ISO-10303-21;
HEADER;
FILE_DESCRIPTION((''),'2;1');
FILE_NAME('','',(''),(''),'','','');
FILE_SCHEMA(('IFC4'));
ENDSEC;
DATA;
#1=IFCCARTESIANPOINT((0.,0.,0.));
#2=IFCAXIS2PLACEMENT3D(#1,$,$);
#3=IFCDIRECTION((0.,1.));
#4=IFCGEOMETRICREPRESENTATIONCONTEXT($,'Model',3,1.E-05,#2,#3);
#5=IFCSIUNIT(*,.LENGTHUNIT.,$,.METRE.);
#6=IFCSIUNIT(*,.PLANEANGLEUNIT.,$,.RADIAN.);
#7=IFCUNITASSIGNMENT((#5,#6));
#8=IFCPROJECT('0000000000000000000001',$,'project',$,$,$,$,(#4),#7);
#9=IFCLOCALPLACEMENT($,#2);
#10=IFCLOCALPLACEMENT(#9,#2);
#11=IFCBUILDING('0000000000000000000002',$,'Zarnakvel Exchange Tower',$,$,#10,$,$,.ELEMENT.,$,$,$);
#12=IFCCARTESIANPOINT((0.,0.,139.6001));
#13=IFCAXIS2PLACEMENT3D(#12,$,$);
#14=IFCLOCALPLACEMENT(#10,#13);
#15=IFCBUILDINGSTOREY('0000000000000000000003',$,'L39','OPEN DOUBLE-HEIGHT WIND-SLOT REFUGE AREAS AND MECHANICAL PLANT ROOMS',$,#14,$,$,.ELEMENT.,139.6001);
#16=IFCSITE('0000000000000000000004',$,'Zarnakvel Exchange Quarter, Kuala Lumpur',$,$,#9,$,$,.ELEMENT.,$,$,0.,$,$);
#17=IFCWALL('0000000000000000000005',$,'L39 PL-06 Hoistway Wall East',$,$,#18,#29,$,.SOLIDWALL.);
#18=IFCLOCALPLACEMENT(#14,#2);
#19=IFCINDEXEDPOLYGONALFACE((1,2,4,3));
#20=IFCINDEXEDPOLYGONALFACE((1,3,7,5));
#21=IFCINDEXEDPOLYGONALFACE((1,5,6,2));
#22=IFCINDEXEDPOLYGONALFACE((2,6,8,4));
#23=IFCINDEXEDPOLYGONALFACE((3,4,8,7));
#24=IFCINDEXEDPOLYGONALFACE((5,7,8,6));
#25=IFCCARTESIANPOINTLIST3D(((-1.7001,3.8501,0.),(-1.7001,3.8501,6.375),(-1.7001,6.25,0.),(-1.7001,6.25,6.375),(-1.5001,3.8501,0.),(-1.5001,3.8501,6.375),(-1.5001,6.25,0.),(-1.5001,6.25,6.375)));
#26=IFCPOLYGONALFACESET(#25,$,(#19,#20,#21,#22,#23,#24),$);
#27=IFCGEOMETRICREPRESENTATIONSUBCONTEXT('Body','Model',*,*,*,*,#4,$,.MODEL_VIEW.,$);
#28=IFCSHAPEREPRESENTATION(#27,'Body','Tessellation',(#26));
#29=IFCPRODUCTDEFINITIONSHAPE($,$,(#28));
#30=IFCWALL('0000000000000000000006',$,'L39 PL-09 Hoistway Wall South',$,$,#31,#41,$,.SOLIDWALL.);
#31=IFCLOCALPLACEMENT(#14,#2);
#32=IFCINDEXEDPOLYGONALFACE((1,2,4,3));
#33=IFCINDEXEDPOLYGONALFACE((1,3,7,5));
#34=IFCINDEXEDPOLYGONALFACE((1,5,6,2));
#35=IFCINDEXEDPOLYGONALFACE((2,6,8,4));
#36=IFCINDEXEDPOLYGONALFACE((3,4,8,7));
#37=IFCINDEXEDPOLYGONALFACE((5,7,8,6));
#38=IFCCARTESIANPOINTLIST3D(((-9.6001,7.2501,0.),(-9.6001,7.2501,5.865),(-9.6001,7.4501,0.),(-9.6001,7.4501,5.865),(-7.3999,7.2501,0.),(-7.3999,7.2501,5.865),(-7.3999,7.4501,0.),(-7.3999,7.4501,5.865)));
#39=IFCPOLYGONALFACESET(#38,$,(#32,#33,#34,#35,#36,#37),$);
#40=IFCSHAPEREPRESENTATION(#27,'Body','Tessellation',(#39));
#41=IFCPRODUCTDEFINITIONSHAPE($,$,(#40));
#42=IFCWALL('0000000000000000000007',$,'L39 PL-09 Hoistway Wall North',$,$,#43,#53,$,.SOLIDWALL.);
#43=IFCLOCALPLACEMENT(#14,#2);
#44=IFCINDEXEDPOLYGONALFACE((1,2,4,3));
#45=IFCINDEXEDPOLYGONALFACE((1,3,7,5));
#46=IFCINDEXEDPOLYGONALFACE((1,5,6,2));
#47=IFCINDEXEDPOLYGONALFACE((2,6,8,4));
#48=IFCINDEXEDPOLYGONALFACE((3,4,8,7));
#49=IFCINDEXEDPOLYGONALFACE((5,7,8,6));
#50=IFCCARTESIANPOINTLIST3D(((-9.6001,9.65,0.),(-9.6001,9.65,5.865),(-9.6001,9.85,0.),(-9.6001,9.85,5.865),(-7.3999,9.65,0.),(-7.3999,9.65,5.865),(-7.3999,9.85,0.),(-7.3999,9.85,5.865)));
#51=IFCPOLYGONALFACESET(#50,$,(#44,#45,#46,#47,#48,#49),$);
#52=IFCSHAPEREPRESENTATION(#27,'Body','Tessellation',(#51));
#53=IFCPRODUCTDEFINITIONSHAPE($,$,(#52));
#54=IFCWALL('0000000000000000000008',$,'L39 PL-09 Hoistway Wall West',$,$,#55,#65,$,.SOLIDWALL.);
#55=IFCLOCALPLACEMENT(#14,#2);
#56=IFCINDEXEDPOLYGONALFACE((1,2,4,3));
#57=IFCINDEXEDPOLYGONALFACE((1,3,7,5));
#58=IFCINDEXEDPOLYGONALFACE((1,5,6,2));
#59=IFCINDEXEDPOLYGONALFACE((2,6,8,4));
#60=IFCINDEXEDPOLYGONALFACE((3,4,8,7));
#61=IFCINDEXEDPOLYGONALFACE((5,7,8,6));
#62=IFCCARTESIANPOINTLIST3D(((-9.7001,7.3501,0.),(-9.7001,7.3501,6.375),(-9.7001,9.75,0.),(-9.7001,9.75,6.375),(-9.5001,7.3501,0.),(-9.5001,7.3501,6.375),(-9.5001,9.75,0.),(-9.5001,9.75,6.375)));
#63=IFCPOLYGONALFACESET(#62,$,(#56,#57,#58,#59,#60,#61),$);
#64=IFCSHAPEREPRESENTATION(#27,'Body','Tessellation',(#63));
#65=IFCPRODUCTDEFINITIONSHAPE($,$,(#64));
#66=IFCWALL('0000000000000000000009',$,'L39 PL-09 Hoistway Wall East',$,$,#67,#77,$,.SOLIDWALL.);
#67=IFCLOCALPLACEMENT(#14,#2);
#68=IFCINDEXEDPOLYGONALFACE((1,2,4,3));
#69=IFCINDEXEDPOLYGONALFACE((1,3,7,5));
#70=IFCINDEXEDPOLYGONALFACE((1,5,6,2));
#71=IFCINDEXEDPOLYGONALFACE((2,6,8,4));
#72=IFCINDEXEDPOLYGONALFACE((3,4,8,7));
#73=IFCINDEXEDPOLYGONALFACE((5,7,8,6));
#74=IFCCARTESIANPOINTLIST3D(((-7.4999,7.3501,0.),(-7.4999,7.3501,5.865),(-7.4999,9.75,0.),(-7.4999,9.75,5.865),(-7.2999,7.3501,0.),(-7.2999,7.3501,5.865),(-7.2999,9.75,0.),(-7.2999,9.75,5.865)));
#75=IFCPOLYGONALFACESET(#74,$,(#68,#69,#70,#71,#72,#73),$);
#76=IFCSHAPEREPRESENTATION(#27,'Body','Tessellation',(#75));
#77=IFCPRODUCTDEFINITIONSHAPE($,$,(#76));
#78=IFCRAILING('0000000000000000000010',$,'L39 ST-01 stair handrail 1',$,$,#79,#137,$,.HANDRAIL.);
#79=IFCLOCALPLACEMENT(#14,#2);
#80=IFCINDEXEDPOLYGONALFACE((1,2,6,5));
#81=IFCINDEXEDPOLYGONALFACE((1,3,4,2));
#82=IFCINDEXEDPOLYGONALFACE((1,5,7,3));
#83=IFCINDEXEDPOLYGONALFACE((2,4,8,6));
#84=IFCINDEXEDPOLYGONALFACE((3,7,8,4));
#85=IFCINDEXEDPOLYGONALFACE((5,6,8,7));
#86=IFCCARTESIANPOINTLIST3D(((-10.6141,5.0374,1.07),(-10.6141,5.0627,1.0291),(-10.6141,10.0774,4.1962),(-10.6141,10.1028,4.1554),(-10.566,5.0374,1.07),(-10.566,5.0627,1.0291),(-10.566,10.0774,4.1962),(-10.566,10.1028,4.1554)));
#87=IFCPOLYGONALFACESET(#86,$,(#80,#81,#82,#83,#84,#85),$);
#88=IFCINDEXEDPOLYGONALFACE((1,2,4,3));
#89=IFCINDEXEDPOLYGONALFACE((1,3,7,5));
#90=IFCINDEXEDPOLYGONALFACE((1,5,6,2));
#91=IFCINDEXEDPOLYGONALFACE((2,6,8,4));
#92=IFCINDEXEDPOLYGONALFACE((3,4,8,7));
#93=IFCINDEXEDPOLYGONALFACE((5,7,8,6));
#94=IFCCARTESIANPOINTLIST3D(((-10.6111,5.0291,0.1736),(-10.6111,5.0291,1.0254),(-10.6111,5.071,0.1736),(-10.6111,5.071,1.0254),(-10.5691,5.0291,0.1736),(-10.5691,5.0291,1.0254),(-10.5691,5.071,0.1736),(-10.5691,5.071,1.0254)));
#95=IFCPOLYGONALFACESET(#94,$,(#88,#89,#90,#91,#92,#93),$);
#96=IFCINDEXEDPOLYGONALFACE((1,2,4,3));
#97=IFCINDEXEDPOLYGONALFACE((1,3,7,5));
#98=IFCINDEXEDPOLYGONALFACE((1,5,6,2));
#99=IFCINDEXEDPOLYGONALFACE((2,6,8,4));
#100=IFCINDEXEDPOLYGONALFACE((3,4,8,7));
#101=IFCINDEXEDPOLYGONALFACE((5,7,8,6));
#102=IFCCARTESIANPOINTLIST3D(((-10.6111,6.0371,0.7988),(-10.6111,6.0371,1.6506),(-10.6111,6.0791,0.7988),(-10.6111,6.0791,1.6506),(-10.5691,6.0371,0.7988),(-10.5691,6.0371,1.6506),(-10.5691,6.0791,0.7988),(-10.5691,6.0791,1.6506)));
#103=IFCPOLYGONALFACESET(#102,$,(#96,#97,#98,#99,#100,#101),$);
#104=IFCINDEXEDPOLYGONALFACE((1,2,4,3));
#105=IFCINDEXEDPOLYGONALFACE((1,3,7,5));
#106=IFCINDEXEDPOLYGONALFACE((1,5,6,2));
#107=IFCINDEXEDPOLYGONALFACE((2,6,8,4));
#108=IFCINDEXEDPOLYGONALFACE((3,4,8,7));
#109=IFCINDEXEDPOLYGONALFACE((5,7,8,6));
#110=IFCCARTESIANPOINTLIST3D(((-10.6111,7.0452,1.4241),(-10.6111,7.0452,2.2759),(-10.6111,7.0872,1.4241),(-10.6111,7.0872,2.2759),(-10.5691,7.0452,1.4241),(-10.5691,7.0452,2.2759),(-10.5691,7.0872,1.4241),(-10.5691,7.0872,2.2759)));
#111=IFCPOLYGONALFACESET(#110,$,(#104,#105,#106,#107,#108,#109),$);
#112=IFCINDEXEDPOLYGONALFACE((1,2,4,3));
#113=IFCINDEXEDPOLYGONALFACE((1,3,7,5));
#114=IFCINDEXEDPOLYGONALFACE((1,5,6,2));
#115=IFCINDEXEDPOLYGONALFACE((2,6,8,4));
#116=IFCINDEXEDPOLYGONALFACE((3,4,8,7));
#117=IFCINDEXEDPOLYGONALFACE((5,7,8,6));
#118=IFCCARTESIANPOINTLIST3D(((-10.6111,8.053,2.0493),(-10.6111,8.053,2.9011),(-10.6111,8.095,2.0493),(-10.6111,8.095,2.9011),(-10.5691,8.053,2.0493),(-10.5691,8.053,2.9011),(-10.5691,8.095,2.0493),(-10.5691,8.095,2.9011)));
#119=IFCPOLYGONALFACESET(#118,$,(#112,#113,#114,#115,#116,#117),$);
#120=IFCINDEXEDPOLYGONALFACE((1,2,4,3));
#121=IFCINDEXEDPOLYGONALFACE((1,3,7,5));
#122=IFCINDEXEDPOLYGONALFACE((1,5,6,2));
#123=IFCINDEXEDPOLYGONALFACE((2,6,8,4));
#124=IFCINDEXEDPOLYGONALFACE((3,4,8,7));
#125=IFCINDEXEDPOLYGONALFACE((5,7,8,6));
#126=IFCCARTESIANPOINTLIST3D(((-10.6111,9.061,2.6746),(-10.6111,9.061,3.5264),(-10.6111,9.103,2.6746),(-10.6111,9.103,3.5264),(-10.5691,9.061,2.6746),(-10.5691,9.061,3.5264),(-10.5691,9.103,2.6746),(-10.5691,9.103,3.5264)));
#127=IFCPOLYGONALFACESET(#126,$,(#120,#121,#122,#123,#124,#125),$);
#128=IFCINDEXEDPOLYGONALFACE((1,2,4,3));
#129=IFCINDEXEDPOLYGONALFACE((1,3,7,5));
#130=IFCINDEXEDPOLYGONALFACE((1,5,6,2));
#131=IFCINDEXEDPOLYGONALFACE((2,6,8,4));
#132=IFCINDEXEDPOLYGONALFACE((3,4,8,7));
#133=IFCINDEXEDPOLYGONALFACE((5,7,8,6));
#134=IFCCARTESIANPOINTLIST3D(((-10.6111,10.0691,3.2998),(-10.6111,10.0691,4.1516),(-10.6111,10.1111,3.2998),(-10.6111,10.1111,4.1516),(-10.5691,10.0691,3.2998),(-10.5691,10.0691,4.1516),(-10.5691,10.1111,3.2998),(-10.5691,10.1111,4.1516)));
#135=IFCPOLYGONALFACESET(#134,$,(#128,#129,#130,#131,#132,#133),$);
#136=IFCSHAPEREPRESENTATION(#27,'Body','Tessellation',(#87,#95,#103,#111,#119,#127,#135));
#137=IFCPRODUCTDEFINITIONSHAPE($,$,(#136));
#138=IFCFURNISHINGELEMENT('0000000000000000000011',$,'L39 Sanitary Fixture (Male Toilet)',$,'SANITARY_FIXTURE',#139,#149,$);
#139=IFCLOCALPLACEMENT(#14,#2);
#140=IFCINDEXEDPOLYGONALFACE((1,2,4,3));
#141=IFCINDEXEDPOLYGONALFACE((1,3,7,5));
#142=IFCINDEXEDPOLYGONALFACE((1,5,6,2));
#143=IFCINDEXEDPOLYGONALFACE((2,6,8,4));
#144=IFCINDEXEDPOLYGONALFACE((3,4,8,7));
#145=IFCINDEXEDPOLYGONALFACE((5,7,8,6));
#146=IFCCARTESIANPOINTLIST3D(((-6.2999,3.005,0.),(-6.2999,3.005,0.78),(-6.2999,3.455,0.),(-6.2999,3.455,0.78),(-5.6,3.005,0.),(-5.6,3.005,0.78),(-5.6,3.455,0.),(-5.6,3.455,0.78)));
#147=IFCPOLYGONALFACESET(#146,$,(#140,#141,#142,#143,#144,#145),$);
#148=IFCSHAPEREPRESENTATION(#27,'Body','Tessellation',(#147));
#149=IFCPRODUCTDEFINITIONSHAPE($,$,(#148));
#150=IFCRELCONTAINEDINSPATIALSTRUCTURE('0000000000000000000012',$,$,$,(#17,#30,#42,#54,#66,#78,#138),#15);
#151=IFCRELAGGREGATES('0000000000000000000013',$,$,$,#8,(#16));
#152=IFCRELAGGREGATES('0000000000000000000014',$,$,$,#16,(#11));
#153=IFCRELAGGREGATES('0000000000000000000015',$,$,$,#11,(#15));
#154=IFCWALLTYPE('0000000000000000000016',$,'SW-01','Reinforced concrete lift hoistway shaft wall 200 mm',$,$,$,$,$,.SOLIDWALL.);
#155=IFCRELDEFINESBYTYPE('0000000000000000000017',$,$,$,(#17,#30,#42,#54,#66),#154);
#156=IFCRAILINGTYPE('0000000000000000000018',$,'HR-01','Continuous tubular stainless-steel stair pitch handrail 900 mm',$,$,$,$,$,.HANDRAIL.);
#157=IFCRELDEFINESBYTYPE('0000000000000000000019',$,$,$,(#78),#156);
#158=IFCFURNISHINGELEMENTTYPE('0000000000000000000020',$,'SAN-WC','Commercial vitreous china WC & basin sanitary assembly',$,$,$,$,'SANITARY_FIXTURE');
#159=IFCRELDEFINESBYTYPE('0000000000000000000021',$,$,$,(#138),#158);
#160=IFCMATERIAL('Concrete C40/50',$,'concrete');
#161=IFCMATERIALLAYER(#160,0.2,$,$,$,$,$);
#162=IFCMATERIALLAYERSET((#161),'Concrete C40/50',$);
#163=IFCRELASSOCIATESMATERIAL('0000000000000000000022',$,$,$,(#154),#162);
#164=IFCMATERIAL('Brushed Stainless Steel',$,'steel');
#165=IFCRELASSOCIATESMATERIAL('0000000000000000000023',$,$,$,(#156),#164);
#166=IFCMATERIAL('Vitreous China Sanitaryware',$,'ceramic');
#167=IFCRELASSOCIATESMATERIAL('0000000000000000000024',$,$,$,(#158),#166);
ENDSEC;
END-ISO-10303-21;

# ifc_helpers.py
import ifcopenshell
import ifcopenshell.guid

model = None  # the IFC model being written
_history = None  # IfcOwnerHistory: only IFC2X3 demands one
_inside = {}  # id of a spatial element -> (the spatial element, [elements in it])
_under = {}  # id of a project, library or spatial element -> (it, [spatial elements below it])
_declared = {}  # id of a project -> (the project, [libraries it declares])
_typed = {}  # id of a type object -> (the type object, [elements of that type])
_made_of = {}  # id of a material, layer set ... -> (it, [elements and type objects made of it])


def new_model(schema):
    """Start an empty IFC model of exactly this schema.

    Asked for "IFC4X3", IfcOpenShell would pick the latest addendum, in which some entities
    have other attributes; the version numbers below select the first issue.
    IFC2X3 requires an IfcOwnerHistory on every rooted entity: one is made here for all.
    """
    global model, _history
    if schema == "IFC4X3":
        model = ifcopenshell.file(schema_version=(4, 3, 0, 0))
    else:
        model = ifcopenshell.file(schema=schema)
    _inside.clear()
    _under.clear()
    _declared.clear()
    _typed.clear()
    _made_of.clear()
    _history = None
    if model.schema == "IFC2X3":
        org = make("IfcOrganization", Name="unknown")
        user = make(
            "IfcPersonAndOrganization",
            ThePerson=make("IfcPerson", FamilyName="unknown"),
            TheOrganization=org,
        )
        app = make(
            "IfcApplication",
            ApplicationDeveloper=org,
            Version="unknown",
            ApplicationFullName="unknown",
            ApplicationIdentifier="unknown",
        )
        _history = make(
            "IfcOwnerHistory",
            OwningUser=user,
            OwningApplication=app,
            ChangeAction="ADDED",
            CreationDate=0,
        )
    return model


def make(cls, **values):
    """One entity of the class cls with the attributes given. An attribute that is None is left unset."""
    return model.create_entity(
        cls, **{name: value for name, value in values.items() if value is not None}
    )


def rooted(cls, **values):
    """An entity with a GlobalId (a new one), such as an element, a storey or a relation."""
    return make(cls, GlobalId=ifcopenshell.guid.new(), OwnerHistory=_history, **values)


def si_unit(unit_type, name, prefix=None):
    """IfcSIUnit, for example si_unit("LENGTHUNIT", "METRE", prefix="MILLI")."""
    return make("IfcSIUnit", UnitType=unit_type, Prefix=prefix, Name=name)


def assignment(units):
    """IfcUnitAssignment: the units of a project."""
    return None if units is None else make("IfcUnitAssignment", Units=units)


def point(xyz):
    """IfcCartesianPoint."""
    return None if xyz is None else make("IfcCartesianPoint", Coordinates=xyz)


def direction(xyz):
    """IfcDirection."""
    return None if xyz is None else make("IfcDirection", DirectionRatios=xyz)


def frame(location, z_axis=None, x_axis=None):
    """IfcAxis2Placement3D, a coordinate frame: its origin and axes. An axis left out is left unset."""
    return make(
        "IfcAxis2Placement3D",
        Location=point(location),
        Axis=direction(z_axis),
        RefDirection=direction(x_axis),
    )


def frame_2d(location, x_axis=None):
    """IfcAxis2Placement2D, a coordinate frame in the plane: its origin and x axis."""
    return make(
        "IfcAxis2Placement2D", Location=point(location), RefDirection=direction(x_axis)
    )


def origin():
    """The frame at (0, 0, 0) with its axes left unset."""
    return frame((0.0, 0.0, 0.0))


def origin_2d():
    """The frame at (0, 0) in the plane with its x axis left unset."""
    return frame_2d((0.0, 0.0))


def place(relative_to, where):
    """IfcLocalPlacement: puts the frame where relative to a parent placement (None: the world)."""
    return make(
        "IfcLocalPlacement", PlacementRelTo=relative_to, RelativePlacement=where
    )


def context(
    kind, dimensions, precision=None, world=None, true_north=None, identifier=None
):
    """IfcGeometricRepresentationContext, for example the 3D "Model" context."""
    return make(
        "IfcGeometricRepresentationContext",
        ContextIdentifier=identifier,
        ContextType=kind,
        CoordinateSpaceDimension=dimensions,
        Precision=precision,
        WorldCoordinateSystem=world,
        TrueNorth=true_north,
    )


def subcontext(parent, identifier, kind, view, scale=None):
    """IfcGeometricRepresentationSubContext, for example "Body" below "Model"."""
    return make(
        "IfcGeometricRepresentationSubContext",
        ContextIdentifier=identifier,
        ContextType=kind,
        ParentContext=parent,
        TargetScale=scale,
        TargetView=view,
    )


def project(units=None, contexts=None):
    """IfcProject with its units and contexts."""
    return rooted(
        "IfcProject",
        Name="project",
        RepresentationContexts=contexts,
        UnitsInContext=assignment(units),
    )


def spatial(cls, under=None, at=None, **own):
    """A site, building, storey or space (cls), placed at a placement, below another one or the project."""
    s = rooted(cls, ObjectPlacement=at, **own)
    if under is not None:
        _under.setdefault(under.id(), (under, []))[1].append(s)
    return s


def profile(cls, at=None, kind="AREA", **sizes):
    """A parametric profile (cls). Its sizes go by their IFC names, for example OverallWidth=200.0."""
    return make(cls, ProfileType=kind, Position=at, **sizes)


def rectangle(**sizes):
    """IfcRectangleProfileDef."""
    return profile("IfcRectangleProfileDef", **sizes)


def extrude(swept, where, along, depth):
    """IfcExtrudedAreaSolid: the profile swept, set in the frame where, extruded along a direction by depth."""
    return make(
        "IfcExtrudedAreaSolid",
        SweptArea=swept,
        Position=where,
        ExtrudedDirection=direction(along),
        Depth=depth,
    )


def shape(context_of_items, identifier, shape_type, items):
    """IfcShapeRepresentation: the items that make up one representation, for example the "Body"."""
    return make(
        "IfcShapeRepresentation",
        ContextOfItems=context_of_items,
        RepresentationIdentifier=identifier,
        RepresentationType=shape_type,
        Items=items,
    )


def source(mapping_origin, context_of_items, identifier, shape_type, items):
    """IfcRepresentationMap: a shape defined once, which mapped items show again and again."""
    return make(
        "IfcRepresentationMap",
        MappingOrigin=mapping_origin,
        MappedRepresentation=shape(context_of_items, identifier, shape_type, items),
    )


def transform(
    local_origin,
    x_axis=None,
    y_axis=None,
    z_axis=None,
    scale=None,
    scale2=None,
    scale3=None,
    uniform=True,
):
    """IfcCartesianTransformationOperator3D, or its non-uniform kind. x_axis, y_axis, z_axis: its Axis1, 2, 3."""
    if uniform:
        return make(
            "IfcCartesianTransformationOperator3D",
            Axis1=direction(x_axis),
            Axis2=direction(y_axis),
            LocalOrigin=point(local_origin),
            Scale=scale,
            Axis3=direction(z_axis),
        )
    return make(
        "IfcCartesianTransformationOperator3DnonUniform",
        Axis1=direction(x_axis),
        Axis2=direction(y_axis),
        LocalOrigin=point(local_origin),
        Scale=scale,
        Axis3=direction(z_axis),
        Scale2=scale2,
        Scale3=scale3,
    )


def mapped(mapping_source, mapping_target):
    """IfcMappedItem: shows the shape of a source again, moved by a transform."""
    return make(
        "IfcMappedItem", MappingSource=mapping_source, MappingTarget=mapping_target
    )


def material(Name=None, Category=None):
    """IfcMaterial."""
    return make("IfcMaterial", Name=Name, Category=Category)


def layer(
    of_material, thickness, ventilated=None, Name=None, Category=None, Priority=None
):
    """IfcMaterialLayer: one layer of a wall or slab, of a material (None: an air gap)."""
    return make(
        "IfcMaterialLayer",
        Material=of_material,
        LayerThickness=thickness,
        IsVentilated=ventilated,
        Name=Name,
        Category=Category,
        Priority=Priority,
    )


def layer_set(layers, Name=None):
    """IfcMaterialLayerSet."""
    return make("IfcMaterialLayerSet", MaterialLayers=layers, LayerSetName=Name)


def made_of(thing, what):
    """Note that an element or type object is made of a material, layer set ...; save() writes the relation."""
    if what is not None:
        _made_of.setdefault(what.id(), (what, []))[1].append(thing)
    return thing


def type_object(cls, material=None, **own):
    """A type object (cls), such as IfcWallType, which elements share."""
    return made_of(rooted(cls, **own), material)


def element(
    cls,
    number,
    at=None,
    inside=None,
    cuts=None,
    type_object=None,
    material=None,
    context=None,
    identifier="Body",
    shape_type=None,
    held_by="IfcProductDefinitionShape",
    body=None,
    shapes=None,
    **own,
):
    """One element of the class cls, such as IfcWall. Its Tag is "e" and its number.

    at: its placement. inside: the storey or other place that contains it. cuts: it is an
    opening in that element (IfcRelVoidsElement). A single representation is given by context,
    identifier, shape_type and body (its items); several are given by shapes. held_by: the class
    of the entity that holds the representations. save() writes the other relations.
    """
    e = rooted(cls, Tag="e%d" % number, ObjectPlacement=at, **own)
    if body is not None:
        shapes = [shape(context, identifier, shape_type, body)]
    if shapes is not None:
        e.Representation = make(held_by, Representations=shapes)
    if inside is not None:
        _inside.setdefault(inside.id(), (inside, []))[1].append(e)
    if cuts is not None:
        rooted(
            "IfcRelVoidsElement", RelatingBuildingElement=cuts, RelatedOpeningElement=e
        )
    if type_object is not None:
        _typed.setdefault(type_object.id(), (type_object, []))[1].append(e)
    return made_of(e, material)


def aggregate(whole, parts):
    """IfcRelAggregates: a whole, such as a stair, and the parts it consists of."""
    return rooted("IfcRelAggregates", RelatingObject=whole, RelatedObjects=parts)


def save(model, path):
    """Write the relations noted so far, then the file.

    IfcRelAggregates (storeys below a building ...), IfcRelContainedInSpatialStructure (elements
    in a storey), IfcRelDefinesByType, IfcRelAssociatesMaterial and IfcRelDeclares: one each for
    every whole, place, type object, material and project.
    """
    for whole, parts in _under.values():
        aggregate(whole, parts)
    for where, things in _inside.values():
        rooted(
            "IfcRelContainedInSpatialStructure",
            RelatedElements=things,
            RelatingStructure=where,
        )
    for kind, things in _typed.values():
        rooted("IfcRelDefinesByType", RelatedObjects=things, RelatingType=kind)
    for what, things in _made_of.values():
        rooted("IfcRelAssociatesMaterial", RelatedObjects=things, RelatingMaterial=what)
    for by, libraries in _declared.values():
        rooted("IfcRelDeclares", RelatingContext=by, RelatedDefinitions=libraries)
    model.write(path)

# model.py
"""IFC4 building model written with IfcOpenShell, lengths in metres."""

from ifc_helpers import new_model, si_unit, direction, frame, frame_2d, origin, origin_2d, place, context, subcontext, project, spatial, rectangle, extrude, source, transform, mapped, material, layer, layer_set, type_object, element, save


model = new_model("IFC4")

# Units and contexts
model_context = context("Model", 3, precision=1e-05, world=origin(), true_north=direction((0.0, 1.0)))
body_context = subcontext(model_context, "Body", "Model", "MODEL_VIEW")
ifc_project = project(units=[si_unit("LENGTHUNIT", "METRE"), si_unit("PLANEANGLEUNIT", "RADIAN")], contexts=[model_context])

# Site, building, storey
site_placement = place(None, origin())
site = spatial("IfcSite", under=ifc_project, at=site_placement, Name="Zarnakvel Exchange Quarter, Kuala Lumpur", CompositionType="ELEMENT", RefElevation=0.0)
building_placement = place(site_placement, origin())
building = spatial("IfcBuilding", under=site, at=building_placement, Name="Zarnakvel Exchange Tower", CompositionType="ELEMENT")
storey_placement = place(building_placement, frame((0.0, 0.0, 139.6001)))
storey = spatial("IfcBuildingStorey", under=building, at=storey_placement, Name="L39", Description="OPEN DOUBLE-HEIGHT WIND-SLOT REFUGE AREAS AND MECHANICAL PLANT ROOMS", CompositionType="ELEMENT", Elevation=139.6001)

# Shared definitions
ifc_material_1 = material(Name="Concrete C40/50", Category="concrete")

# Shared definitions
ifc_layer_1 = layer(ifc_material_1, 0.2)
ifc_layer_set_1 = layer_set([ifc_layer_1], Name="Concrete C40/50")
wall_type_1 = type_object("IfcWallType", Name="SW-01", Description="Reinforced concrete lift hoistway shaft wall 200 mm", PredefinedType="SOLIDWALL", material=ifc_layer_set_1)
ifc_material_2 = material(Name="Brushed Stainless Steel", Category="steel")

# Walls
wall_1_placement = place(storey_placement, frame((-1.6001, 6.25, 0.0), z_axis=(0.0, 0.0, 1.0), x_axis=(0.0, -1.0, 0.0)))
element("IfcWall", 1, at=wall_1_placement, inside=storey, type_object=wall_type_1, Name="L39 PL-06 Hoistway Wall East", PredefinedType="SOLIDWALL", context=body_context, shape_type="SweptSolid", body=[
    extrude(rectangle(XDim=2.3999, YDim=0.2, at=frame_2d((1.2, 0.0))), origin(), (0.0, 0.0, 1.0), 6.375),
])
for number, where, z_axis, x_axis, name in (
    (2, (-7.3999, 7.3501, 0.0), (0.0, 0.0, 1.0), (-1.0, 0.0, 0.0), "L39 PL-09 Hoistway Wall South"),
    (3, (-9.6001, 9.75, 0.0), (0.0, 0.0, 1.0), (1.0, 0.0, 0.0), "L39 PL-09 Hoistway Wall North"),
):
    element("IfcWall", number, at=place(storey_placement, frame(where, z_axis=z_axis, x_axis=x_axis)), inside=storey, type_object=wall_type_1, Name=name, PredefinedType="SOLIDWALL", context=body_context, shape_type="SweptSolid", body=[
        extrude(rectangle(XDim=2.2002, YDim=0.2, at=frame_2d((1.1001, 0.0))), origin(), (0.0, 0.0, 1.0), 5.865),
    ])
wall_2_placement = place(storey_placement, frame((-9.6001, 7.3501, 0.0), z_axis=(0.0, 0.0, 1.0), x_axis=(0.0, 1.0, 0.0)))
element("IfcWall", 4, at=wall_2_placement, inside=storey, type_object=wall_type_1, Name="L39 PL-09 Hoistway Wall West", PredefinedType="SOLIDWALL", context=body_context, shape_type="SweptSolid", body=[
    extrude(rectangle(XDim=2.3999, YDim=0.2, at=frame_2d((1.2, 0.0))), origin(), (0.0, 0.0, 1.0), 6.375),
])
wall_3_placement = place(storey_placement, frame((-7.3999, 9.75, 0.0), z_axis=(0.0, 0.0, 1.0), x_axis=(0.0, -1.0, 0.0)))
element("IfcWall", 5, at=wall_3_placement, inside=storey, type_object=wall_type_1, Name="L39 PL-09 Hoistway Wall East", PredefinedType="SOLIDWALL", context=body_context, shape_type="SweptSolid", body=[
    extrude(rectangle(XDim=2.3999, YDim=0.2, at=frame_2d((1.2, 0.0))), origin(), (0.0, 0.0, 1.0), 5.865),
])

# Railing
railing_type = type_object("IfcRailingType", Name="HR-01", Description="Continuous tubular stainless-steel stair pitch handrail 900 mm", PredefinedType="HANDRAIL", material=ifc_material_2)
railing_placement = place(storey_placement, frame((-10.5901, 5.05, 0.1736)))
element("IfcRailing", 6, at=railing_placement, inside=storey, type_object=railing_type, Name="L39 ST-01 stair handrail 1", PredefinedType="HANDRAIL", context=body_context, shape_type="SweptSolid", body=[
    extrude(rectangle(XDim=0.0481, YDim=0.0481, at=origin_2d()), frame((0.0, 0.0, 0.876), z_axis=(0.0, 0.849797, 0.52711), x_axis=(-1.0, 0.0, 0.0)), (0.0, 0.0, 1.0), 5.9309),
    extrude(rectangle(XDim=0.042, YDim=0.042, at=origin_2d()), origin(), (0.0, 0.0, 1.0), 0.8518),
    extrude(rectangle(XDim=0.042, YDim=0.042, at=origin_2d()), frame((0.0, 1.0081, 0.6252)), (0.0, 0.0, 1.0), 0.8518),
    extrude(rectangle(XDim=0.042, YDim=0.042, at=origin_2d()), frame((0.0, 2.0161, 1.2505)), (0.0, 0.0, 1.0), 0.8518),
    extrude(rectangle(XDim=0.042, YDim=0.042, at=origin_2d()), frame((0.0, 3.0239, 1.8757)), (0.0, 0.0, 1.0), 0.8518),
    extrude(rectangle(XDim=0.042, YDim=0.042, at=origin_2d()), frame((0.0, 4.032, 2.501)), (0.0, 0.0, 1.0), 0.8518),
    extrude(rectangle(XDim=0.042, YDim=0.042, at=origin_2d()), frame((0.0, 5.04, 3.1262)), (0.0, 0.0, 1.0), 0.8518),
])

# Furnishing element
ifc_material_3 = material(Name="Vitreous China Sanitaryware", Category="ceramic")
furnishing_element_type = type_object("IfcFurnishingElementType", Name="SAN-WC", Description="Commercial vitreous china WC & basin sanitary assembly", ElementType="SANITARY_FIXTURE", material=ifc_material_3)
shared_shape_1 = source(origin(), body_context, "Body", "SweptSolid", [
    extrude(rectangle(XDim=0.7, YDim=0.45, at=origin_2d()), origin(), (0.0, 0.0, 1.0), 0.78),
])
furnishing_placement = place(storey_placement, frame((-5.95, 3.23, 0.0), z_axis=(0.0, 0.0, 1.0), x_axis=(1.0, 0.0, 0.0)))
element("IfcFurnishingElement", 7, at=furnishing_placement, inside=storey, type_object=furnishing_element_type, Name="L39 Sanitary Fixture (Male Toilet)", ObjectType="SANITARY_FIXTURE", context=body_context, shape_type="MappedRepresentation", body=[
    mapped(shared_shape_1, transform((0.0, 0.0, 0.0), x_axis=(1.0, 0.0, 0.0), y_axis=(0.0, 1.0, 0.0), z_axis=(0.0, 0.0, 1.0), scale=1.0)),
])

save(model, "model.ifc")
